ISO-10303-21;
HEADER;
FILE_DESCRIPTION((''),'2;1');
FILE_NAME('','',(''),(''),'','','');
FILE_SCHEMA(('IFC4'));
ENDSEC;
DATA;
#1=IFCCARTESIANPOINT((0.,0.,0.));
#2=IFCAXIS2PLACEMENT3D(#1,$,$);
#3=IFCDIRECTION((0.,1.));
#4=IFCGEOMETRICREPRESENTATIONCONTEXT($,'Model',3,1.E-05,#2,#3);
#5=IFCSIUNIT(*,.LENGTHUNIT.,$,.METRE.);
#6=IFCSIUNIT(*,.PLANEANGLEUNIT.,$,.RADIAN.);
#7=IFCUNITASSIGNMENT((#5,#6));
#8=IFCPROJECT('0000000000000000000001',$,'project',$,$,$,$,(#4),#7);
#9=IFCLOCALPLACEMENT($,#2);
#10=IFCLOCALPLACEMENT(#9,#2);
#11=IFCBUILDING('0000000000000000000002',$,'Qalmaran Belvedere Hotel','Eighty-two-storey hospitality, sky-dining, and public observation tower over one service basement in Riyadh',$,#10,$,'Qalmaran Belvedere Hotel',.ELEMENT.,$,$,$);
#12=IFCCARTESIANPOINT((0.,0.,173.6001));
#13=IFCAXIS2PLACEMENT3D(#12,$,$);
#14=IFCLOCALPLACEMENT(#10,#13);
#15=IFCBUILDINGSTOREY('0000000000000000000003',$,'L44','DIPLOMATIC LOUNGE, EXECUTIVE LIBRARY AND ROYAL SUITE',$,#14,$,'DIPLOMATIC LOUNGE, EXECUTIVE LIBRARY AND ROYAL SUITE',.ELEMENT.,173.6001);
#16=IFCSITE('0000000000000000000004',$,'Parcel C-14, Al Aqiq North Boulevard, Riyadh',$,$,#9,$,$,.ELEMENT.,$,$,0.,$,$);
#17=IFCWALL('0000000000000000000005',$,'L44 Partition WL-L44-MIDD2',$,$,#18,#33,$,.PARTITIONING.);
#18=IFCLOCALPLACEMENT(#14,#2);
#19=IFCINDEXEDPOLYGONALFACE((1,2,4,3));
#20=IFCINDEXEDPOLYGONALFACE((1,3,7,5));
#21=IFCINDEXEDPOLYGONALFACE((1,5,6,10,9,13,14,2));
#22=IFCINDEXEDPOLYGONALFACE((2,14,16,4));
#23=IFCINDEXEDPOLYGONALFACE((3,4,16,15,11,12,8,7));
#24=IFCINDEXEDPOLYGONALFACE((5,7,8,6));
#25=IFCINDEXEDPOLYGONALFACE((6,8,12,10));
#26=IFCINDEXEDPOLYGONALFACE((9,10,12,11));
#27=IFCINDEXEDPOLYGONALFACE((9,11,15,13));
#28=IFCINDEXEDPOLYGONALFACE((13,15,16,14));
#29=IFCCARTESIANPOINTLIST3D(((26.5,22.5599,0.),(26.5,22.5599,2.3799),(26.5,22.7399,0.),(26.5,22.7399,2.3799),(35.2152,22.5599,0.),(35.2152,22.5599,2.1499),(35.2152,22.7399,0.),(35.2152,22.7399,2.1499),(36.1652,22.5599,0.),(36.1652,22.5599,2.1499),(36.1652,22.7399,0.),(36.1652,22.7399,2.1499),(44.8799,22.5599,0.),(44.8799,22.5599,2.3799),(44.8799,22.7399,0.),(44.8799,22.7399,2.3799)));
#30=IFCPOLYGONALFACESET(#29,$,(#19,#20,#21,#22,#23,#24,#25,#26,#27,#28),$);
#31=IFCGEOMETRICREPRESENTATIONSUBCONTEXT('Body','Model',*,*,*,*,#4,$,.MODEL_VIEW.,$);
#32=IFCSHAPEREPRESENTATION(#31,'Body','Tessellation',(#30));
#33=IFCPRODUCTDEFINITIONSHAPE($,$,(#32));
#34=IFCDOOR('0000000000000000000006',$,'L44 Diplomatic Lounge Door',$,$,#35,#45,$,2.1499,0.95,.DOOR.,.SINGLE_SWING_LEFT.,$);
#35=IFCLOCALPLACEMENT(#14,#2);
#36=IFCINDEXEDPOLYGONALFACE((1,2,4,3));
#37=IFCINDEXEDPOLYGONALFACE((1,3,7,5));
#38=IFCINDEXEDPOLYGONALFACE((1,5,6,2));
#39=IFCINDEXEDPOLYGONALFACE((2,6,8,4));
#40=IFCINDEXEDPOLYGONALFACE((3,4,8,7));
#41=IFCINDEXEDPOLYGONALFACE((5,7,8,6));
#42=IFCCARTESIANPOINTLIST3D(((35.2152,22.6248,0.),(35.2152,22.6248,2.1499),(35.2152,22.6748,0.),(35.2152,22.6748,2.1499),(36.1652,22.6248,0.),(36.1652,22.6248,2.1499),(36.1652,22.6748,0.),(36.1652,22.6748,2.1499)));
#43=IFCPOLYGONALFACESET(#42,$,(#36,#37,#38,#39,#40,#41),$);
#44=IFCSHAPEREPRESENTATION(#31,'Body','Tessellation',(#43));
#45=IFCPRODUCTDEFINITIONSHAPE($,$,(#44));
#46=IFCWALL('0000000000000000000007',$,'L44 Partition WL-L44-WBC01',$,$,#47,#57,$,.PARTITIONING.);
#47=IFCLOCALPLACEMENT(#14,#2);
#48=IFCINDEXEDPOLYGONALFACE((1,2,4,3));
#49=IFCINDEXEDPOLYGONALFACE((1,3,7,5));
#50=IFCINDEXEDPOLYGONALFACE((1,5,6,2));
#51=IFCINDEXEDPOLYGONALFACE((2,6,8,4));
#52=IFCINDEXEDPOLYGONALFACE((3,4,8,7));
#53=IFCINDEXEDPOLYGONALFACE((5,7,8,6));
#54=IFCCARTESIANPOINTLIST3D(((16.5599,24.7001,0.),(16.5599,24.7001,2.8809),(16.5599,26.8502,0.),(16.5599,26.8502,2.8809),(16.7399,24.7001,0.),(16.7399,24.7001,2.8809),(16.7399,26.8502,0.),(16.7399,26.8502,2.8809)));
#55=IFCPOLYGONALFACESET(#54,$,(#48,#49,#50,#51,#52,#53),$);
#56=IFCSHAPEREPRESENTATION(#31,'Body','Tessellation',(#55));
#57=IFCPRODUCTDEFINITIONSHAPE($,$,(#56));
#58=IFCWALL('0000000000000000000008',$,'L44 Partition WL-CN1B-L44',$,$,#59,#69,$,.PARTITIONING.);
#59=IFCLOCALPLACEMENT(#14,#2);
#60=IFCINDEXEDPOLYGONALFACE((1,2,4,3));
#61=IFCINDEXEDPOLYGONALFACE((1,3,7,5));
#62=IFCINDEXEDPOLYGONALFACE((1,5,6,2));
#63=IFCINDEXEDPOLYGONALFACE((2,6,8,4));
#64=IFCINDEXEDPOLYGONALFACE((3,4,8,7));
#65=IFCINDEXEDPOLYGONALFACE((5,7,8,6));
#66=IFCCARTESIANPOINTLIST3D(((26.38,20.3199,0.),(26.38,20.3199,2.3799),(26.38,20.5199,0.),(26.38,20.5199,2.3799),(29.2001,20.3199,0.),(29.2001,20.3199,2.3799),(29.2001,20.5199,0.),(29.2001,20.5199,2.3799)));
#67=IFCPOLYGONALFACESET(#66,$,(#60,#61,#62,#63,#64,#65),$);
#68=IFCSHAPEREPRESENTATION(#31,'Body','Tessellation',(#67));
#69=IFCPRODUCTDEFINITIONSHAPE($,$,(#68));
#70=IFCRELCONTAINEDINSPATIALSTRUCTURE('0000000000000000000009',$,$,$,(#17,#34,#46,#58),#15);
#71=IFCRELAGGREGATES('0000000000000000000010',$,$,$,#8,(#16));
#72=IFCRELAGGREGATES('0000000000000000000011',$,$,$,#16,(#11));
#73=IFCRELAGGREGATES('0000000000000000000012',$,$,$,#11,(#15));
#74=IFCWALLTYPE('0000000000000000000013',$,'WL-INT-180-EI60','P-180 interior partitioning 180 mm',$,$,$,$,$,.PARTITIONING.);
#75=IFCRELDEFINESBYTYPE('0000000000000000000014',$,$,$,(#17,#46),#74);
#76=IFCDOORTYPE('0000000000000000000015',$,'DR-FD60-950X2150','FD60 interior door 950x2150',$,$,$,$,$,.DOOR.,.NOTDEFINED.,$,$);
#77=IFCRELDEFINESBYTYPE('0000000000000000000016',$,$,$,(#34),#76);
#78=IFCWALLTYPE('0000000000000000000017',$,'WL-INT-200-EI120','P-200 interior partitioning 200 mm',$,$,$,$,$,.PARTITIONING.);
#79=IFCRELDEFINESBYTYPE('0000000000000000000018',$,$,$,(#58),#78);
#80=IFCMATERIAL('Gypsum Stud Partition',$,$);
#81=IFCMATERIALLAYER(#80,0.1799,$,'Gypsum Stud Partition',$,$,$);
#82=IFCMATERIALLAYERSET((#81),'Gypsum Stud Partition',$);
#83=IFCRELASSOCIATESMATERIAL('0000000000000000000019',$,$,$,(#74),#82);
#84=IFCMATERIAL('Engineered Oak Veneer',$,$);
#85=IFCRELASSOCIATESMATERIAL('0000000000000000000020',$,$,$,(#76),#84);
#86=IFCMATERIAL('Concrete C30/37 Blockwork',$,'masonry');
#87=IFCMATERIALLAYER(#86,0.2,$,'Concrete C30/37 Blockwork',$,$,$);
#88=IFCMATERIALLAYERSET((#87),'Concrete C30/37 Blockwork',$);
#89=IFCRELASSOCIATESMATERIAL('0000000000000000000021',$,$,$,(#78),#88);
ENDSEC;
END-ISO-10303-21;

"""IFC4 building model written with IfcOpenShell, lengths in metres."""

from ifc_helpers import new_model, si_unit, direction, frame, frame_2d, origin, place, context, subcontext, project, spatial, rectangle, extrude, material, layer, layer_set, type_object, element, fill, save


model = new_model("IFC4")

# Units and contexts
model_context = context("Model", 3, precision=1e-05, world=origin(), true_north=direction((0.0, 1.0)))
body_context = subcontext(model_context, "Body", "Model", "MODEL_VIEW")
ifc_project = project(units=[si_unit("LENGTHUNIT", "METRE"), si_unit("PLANEANGLEUNIT", "RADIAN")], contexts=[model_context])

# Site, building, storey
site_placement = place(None, origin())
site = spatial("IfcSite", under=ifc_project, at=site_placement, Name="Parcel C-14, Al Aqiq North Boulevard, Riyadh", CompositionType="ELEMENT", RefElevation=0.0)
building_placement = place(site_placement, origin())
building = spatial("IfcBuilding", under=site, at=building_placement, Name="Qalmaran Belvedere Hotel", Description="Eighty-two-storey hospitality, sky-dining, and public observation tower over one service basement in Riyadh", LongName="Qalmaran Belvedere Hotel", CompositionType="ELEMENT")
storey_placement = place(building_placement, frame((0.0, 0.0, 173.6001)))
storey = spatial("IfcBuildingStorey", under=building, at=storey_placement, Name="L44", Description="DIPLOMATIC LOUNGE, EXECUTIVE LIBRARY AND ROYAL SUITE", LongName="DIPLOMATIC LOUNGE, EXECUTIVE LIBRARY AND ROYAL SUITE", CompositionType="ELEMENT", Elevation=173.6001)

# Shared definitions
ifc_material_1 = material(Name="Engineered Oak Veneer")
ifc_material_2 = material(Name="Gypsum Stud Partition")

# Shared definitions
ifc_layer_1 = layer(ifc_material_2, 0.1799, Name="Gypsum Stud Partition")
ifc_layer_set_1 = layer_set([ifc_layer_1], Name="Gypsum Stud Partition")
wall_type_1 = type_object("IfcWallType", Name="WL-INT-180-EI60", Description="P-180 interior partitioning 180 mm", PredefinedType="PARTITIONING", material=ifc_layer_set_1)
door_type_1 = type_object("IfcDoorType", Name="DR-FD60-950X2150", Description="FD60 interior door 950x2150", OperationType="NOTDEFINED", PredefinedType="DOOR", material=ifc_material_1)

# Wall, opening, door
wall_1_placement = place(storey_placement, frame((26.5, 22.6499, 0.0), z_axis=(0.0, 0.0, 1.0), x_axis=(1.0, 0.0, 0.0)))
wall_1 = element("IfcWall", 1, at=wall_1_placement, inside=storey, type_object=wall_type_1, Name="L44 Partition WL-L44-MIDD2", PredefinedType="PARTITIONING", context=body_context, shape_type="SweptSolid", body=[
    extrude(rectangle(XDim=18.3799, YDim=0.1799, at=frame_2d((9.1899, 0.0))), origin(), (0.0, 0.0, 1.0), 2.3799),
])
opening_1_placement = place(wall_1_placement, frame((8.7151, 0.0, 0.0)))
opening_1 = element("IfcOpeningElement", 2, at=opening_1_placement, cuts=wall_1, PredefinedType="OPENING", context=body_context, shape_type="SweptSolid", body=[
    extrude(rectangle(XDim=0.95, YDim=2.1499, at=frame_2d((0.4751, 1.075))), frame((0.0, 0.1001, 0.0), z_axis=(0.0, -1.0, 0.0), x_axis=(1.0, 0.0, 0.0)), (0.0, 0.0, 1.0), 0.2),
])
door_1_placement = place(opening_1_placement, origin())
door_1 = element("IfcDoor", 3, at=door_1_placement, inside=storey, type_object=door_type_1, Name="L44 Diplomatic Lounge Door", OperationType="SINGLE_SWING_LEFT", OverallHeight=2.1499, OverallWidth=0.95, PredefinedType="DOOR", context=body_context, shape_type="SweptSolid", body=[
    extrude(rectangle(XDim=0.95, YDim=2.1499, at=frame_2d((0.4751, 1.075))), frame((0.0, 0.0249, 0.0), z_axis=(0.0, -1.0, 0.0), x_axis=(1.0, 0.0, 0.0)), (0.0, 0.0, 1.0), 0.05),
])
fill(opening_1, door_1)

# Wall
wall_2_placement = place(storey_placement, frame((16.6499, 24.7, 0.0), z_axis=(0.0, 0.0, 1.0), x_axis=(0.0, 1.0, 0.0)))
element("IfcWall", 4, at=wall_2_placement, inside=storey, type_object=wall_type_1, Name="L44 Partition WL-L44-WBC01", PredefinedType="PARTITIONING", context=body_context, shape_type="SweptSolid", body=[
    extrude(rectangle(XDim=2.1501, YDim=0.1799, at=frame_2d((1.0752, 0.0))), origin(), (0.0, 0.0, 1.0), 2.8809),
])

# Shared definitions
ifc_material_3 = material(Name="Concrete C30/37 Blockwork", Category="masonry")
ifc_layer_2 = layer(ifc_material_3, 0.2, Name="Concrete C30/37 Blockwork")
ifc_layer_set_2 = layer_set([ifc_layer_2], Name="Concrete C30/37 Blockwork")
wall_type_2 = type_object("IfcWallType", Name="WL-INT-200-EI120", Description="P-200 interior partitioning 200 mm", PredefinedType="PARTITIONING", material=ifc_layer_set_2)

# Wall
wall_3_placement = place(storey_placement, frame((26.3799, 20.4199, 0.0), z_axis=(0.0, 0.0, 1.0), x_axis=(1.0, 0.0, 0.0)))
element("IfcWall", 5, at=wall_3_placement, inside=storey, type_object=wall_type_2, Name="L44 Partition WL-CN1B-L44", PredefinedType="PARTITIONING", context=body_context, shape_type="SweptSolid", body=[
    extrude(rectangle(XDim=2.8201, YDim=0.2, at=frame_2d((1.4102, 0.0))), origin(), (0.0, 0.0, 1.0), 2.3799),
])

save(model, "model.ifc")
